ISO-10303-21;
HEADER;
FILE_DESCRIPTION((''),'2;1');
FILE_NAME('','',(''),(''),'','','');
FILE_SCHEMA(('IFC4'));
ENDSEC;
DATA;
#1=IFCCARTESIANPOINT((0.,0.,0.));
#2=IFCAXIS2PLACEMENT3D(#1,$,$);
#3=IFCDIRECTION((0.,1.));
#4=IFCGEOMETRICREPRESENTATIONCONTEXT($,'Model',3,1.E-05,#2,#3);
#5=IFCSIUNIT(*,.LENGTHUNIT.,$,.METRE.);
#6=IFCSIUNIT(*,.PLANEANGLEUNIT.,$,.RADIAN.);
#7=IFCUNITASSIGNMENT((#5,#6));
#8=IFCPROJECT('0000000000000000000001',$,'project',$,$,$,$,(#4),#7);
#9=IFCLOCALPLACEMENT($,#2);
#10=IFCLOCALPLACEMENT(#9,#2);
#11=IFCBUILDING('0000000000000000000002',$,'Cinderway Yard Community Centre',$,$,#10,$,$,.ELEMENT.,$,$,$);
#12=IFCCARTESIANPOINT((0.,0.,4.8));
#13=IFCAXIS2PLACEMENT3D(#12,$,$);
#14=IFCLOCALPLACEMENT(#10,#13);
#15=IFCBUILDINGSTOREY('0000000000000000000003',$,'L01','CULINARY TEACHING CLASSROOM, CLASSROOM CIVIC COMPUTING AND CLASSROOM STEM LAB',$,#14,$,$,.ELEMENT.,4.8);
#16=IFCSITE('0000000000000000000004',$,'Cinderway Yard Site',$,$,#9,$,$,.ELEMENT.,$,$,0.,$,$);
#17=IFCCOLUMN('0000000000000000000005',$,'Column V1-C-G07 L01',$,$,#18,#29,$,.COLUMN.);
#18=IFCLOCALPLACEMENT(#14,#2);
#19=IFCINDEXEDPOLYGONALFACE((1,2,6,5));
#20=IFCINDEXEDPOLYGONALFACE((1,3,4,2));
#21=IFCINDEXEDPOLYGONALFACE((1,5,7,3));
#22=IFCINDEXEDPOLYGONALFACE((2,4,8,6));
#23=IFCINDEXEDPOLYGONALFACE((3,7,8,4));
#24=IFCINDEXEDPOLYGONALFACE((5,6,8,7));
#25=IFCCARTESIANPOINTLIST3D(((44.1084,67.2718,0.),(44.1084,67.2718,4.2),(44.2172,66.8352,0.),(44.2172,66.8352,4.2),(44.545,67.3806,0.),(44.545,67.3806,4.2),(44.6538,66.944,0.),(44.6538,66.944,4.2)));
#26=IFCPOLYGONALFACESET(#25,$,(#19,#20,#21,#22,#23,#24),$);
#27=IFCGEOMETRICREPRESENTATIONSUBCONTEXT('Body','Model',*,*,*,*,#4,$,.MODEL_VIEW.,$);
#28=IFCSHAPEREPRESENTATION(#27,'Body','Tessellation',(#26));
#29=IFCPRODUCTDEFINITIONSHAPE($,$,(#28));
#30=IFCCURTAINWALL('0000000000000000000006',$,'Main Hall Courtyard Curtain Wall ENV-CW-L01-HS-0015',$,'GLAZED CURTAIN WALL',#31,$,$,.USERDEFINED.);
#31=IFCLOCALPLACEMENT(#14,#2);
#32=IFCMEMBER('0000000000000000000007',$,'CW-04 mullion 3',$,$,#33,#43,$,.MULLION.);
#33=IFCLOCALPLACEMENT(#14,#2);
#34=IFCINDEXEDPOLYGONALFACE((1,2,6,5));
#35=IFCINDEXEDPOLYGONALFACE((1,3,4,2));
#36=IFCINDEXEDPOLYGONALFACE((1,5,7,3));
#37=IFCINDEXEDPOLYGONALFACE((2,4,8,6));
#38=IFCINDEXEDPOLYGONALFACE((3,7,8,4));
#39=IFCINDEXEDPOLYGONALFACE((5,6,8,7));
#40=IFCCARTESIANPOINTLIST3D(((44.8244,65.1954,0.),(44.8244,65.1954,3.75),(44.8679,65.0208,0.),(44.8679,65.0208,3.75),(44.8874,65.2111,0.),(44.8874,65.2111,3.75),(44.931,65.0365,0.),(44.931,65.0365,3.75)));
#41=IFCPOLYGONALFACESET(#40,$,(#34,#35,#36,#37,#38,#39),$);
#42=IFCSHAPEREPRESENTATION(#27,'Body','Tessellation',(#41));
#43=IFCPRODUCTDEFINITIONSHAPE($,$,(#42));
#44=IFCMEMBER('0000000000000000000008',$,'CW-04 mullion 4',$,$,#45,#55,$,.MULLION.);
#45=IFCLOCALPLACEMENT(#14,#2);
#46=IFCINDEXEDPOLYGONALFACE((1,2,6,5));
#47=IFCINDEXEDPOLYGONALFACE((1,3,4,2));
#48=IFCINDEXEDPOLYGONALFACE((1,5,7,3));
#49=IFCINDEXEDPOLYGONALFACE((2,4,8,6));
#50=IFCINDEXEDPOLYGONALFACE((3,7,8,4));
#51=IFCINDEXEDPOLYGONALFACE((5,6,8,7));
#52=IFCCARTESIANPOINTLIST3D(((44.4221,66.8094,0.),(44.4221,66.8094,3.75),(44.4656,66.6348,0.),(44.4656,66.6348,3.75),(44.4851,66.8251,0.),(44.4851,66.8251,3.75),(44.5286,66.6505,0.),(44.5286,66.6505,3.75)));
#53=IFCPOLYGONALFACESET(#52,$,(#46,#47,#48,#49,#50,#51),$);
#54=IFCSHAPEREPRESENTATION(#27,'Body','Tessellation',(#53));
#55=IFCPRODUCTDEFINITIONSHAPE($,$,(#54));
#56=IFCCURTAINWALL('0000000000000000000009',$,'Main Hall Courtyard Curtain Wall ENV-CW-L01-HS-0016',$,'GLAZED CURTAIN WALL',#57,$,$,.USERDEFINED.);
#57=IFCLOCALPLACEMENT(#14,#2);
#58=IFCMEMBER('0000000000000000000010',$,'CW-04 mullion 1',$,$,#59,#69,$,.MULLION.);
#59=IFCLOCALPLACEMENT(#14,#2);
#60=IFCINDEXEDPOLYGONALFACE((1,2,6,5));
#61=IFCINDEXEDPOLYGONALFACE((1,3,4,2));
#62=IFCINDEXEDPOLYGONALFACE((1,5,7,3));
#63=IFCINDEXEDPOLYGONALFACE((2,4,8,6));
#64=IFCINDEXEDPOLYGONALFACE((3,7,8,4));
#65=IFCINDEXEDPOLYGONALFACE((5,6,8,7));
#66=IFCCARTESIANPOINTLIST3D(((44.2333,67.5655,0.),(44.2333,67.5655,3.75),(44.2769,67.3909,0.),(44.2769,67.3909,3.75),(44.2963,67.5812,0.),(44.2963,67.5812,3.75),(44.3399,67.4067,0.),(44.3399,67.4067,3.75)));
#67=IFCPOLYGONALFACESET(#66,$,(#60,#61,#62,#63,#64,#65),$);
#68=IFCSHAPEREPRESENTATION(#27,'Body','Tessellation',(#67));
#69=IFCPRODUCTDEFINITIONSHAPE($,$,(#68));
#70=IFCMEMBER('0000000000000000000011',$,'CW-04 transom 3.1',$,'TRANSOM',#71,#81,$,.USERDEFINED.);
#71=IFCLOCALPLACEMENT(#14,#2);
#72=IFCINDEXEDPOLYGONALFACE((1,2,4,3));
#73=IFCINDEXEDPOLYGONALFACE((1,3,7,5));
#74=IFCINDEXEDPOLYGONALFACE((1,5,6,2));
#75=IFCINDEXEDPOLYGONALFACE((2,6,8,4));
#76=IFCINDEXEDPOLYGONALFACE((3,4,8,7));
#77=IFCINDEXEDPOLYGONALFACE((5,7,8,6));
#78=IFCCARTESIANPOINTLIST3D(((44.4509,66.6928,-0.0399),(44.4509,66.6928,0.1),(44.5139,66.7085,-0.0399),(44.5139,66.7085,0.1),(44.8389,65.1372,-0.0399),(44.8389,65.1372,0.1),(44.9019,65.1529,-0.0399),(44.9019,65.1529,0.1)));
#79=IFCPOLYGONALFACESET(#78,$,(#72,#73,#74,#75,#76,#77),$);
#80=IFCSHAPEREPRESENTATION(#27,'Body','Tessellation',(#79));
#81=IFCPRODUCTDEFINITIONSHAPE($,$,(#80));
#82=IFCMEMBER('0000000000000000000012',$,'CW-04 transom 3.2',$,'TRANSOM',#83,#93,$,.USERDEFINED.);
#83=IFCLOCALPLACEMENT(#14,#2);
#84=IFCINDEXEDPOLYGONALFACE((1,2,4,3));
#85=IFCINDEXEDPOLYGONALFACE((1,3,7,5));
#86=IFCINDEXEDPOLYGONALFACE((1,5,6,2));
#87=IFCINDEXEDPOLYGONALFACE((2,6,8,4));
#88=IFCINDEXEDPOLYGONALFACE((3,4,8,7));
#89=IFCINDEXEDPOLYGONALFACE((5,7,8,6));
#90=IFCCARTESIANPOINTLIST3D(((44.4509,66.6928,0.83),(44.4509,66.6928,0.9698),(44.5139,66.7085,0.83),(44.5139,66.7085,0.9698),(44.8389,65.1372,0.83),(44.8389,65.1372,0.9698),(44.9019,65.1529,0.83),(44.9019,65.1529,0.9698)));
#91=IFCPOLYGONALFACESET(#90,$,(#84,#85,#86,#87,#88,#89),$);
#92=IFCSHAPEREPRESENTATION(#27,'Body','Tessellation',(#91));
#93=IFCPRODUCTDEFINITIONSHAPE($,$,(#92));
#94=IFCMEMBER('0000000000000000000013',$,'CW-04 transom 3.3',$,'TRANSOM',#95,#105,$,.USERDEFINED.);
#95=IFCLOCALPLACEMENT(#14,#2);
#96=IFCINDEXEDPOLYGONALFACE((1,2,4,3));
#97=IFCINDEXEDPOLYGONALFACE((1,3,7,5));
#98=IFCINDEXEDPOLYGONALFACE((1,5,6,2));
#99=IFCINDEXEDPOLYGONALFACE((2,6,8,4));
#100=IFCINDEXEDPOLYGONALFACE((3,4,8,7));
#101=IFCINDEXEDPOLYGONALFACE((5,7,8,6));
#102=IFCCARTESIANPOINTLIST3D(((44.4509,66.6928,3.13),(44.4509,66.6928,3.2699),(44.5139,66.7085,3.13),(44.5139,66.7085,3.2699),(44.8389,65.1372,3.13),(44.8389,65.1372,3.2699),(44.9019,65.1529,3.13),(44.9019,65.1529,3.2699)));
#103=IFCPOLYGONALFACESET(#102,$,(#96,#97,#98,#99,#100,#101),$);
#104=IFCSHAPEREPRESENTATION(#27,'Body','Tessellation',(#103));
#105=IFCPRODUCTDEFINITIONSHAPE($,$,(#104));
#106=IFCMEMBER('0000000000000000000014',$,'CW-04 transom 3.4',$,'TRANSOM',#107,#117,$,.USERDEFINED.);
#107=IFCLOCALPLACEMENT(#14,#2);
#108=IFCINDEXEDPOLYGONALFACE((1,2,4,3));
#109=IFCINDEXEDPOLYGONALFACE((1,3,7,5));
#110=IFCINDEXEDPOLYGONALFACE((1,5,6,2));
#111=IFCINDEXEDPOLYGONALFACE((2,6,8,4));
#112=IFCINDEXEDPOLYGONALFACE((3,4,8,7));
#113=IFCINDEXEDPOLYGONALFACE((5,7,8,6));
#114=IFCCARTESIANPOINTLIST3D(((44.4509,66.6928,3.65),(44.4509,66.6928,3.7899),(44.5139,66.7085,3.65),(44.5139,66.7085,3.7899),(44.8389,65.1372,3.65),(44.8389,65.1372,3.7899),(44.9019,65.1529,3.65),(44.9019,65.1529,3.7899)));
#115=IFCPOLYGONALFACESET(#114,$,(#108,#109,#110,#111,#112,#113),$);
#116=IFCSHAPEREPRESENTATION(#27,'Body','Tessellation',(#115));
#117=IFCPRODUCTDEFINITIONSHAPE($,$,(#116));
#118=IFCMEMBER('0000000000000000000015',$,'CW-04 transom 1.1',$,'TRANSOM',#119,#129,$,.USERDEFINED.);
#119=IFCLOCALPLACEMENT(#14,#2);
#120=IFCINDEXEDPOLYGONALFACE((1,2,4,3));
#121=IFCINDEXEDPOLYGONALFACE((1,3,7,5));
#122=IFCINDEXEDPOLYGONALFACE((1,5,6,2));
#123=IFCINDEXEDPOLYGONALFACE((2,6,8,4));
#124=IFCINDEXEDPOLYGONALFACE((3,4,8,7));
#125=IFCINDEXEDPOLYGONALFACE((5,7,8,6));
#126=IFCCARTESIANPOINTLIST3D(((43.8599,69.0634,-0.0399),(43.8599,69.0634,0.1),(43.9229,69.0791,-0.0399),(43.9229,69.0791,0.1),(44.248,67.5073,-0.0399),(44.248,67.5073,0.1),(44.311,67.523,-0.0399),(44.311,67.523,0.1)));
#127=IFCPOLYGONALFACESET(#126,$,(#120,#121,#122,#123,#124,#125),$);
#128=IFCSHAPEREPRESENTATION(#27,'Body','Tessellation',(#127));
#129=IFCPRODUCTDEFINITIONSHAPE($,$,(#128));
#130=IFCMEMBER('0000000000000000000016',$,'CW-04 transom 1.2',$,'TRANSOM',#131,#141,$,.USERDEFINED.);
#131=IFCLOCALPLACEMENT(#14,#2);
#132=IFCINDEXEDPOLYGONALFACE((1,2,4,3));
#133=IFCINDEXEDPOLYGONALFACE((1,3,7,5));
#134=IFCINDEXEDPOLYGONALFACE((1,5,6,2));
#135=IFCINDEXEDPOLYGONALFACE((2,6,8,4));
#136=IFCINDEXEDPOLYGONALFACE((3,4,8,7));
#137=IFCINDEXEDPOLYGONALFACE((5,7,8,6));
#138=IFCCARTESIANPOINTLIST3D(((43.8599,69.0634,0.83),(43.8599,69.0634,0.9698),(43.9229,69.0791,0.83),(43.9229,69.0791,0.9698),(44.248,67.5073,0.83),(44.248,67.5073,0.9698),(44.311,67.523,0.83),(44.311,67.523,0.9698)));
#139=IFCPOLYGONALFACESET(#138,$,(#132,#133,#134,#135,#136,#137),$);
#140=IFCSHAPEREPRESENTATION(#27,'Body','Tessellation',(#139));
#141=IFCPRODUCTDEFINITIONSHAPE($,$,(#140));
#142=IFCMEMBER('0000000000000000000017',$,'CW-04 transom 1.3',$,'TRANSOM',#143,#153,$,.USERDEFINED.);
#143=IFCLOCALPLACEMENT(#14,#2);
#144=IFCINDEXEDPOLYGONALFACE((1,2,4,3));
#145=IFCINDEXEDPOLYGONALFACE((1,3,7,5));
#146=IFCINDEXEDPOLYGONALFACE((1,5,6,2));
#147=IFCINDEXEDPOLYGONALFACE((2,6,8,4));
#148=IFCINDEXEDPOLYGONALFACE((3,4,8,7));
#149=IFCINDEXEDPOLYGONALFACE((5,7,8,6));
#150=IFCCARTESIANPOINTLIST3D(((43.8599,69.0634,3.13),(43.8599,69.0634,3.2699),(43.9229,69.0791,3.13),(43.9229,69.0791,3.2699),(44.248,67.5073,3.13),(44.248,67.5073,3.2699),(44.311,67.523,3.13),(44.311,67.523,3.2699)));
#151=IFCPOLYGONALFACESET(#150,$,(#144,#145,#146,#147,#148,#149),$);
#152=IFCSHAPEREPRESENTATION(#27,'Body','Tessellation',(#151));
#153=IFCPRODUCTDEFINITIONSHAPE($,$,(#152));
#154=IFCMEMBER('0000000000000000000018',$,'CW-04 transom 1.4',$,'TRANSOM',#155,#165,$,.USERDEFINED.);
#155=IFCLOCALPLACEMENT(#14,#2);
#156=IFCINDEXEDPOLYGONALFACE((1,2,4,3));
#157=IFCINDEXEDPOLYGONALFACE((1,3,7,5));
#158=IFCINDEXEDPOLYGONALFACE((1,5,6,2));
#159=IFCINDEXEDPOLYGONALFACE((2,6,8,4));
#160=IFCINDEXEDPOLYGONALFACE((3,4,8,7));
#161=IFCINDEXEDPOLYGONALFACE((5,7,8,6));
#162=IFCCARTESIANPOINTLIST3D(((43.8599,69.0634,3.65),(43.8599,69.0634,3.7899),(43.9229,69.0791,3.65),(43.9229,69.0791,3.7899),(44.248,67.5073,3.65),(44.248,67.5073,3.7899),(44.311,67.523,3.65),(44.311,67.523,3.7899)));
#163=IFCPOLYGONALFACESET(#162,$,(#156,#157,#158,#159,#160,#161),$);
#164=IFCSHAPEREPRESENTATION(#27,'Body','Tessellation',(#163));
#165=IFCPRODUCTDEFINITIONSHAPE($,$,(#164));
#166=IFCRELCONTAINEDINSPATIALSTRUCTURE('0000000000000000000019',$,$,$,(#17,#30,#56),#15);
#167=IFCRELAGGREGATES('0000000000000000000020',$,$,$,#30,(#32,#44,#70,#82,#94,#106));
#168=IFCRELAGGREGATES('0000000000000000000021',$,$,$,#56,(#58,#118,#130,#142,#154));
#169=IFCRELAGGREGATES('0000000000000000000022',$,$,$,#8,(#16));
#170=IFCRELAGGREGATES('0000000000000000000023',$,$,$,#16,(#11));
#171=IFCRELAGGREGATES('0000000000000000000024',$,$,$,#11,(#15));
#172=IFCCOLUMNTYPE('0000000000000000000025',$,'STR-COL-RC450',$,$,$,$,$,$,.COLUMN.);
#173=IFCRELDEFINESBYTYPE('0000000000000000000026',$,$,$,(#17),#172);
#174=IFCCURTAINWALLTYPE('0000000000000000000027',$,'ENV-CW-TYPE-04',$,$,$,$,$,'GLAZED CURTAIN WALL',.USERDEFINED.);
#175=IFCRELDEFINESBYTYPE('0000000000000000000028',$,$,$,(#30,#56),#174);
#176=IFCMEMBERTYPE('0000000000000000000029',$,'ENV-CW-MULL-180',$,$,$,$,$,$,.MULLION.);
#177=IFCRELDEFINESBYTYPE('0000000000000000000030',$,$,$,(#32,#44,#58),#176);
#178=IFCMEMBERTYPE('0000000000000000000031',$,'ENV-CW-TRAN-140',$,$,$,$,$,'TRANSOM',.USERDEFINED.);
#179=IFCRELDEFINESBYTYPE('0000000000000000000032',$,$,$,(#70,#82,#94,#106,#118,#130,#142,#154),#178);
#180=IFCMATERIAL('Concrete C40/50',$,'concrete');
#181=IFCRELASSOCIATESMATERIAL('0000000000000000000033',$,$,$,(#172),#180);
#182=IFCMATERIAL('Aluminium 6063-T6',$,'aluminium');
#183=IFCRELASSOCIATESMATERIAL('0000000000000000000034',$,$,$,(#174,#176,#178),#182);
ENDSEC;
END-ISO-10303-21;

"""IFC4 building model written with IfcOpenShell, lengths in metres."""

from ifc_helpers import new_model, si_unit, direction, frame, origin, origin_2d, place, context, subcontext, project, spatial, rectangle, extrude, material, material_profile, profile_set, type_object, element, aggregate, save


model = new_model("IFC4")

# Units and contexts
model_context = context("Model", 3, precision=1e-05, world=origin(), true_north=direction((0.0, 1.0)))
body_context = subcontext(model_context, "Body", "Model", "MODEL_VIEW")
ifc_project = project(units=[si_unit("LENGTHUNIT", "METRE"), si_unit("PLANEANGLEUNIT", "RADIAN")], contexts=[model_context])

# Site, building, storey
site_placement = place(None, origin())
site = spatial("IfcSite", under=ifc_project, at=site_placement, Name="Cinderway Yard Site", CompositionType="ELEMENT", RefElevation=0.0)
building_placement = place(site_placement, origin())
building = spatial("IfcBuilding", under=site, at=building_placement, Name="Cinderway Yard Community Centre", CompositionType="ELEMENT")
storey_placement = place(building_placement, frame((0.0, 0.0, 4.8)))
storey = spatial("IfcBuildingStorey", under=building, at=storey_placement, Name="L01", Description="CULINARY TEACHING CLASSROOM, CLASSROOM CIVIC COMPUTING AND CLASSROOM STEM LAB", CompositionType="ELEMENT", Elevation=4.8)

# Column
ifc_material_1 = material(Name="Concrete C40/50", Category="concrete")
ifc_material_profile_1 = material_profile(ifc_material_1, rectangle(XDim=0.45, YDim=0.45, at=origin_2d()), Name="Concrete C40/50")
ifc_profile_set_1 = profile_set([ifc_material_profile_1], Name="Concrete C40/50")
column_type = type_object("IfcColumnType", Name="STR-COL-RC450", PredefinedType="COLUMN", material=ifc_profile_set_1)
column_placement = place(storey_placement, frame((44.3811, 67.1079, 0.0), z_axis=(0.0, 0.0, 1.0), x_axis=(0.970296, 0.241922, 0.0)))
element("IfcColumn", 1, at=column_placement, inside=storey, type_object=column_type, Name="Column V1-C-G07 L01", PredefinedType="COLUMN", context=body_context, shape_type="SweptSolid", body=[
    extrude(rectangle(XDim=0.45, YDim=0.45, at=origin_2d()), origin(), (0.0, 0.0, 1.0), 4.2),
])

# Curtain wall, members
ifc_material_2 = material(Name="Aluminium 6063-T6", Category="aluminium")
curtain_wall_type = type_object("IfcCurtainWallType", Name="ENV-CW-TYPE-04", ElementType="GLAZED CURTAIN WALL", PredefinedType="USERDEFINED", material=ifc_material_2)
curtain_wall_1_placement = place(storey_placement, origin())
curtain_wall_1 = element("IfcCurtainWall", 2, at=curtain_wall_1_placement, inside=storey, type_object=curtain_wall_type, Name="Main Hall Courtyard Curtain Wall ENV-CW-L01-HS-0015", ObjectType="GLAZED CURTAIN WALL", PredefinedType="USERDEFINED")
ifc_material_profile_2 = material_profile(ifc_material_2, rectangle(XDim=0.0649, YDim=0.1799, at=origin_2d()), Name="Aluminium 6063-T6")
ifc_profile_set_2 = profile_set([ifc_material_profile_2], Name="Aluminium 6063-T6")
member_type_1 = type_object("IfcMemberType", Name="ENV-CW-MULL-180", PredefinedType="MULLION", material=ifc_profile_set_2)
member_1_placement = place(storey_placement, frame((44.8777, 65.116, 0.0), z_axis=(0.0, 0.0, 1.0), x_axis=(-0.970293, -0.241933, 0.0)))
member_1 = element("IfcMember", 3, at=member_1_placement, type_object=member_type_1, Name="CW-04 mullion 3", PredefinedType="MULLION", context=body_context, shape_type="SweptSolid", body=[
    extrude(rectangle(XDim=0.0649, YDim=0.1799, at=origin_2d()), origin(), (0.0, 0.0, 1.0), 3.75),
])
member_2_placement = place(storey_placement, frame((44.4753, 66.73, 0.0), z_axis=(0.0, 0.0, 1.0), x_axis=(-0.970293, -0.241933, 0.0)))
member_2 = element("IfcMember", 4, at=member_2_placement, type_object=member_type_1, Name="CW-04 mullion 4", PredefinedType="MULLION", context=body_context, shape_type="SweptSolid", body=[
    extrude(rectangle(XDim=0.0649, YDim=0.1799, at=origin_2d()), origin(), (0.0, 0.0, 1.0), 3.75),
])

# Curtain wall, member
curtain_wall_2_placement = place(storey_placement, origin())
curtain_wall_2 = element("IfcCurtainWall", 5, at=curtain_wall_2_placement, inside=storey, type_object=curtain_wall_type, Name="Main Hall Courtyard Curtain Wall ENV-CW-L01-HS-0016", ObjectType="GLAZED CURTAIN WALL", PredefinedType="USERDEFINED")
member_3_placement = place(storey_placement, frame((44.2866, 67.4861, 0.0), z_axis=(0.0, 0.0, 1.0), x_axis=(-0.970258, -0.242073, 0.0)))
member_3 = element("IfcMember", 6, at=member_3_placement, type_object=member_type_1, Name="CW-04 mullion 1", PredefinedType="MULLION", context=body_context, shape_type="SweptSolid", body=[
    extrude(rectangle(XDim=0.0649, YDim=0.1799, at=origin_2d()), origin(), (0.0, 0.0, 1.0), 3.75),
])

# Members
ifc_material_profile_3 = material_profile(ifc_material_2, rectangle(XDim=0.0649, YDim=0.1399, at=origin_2d()), Name="Aluminium 6063-T6")
ifc_profile_set_3 = profile_set([ifc_material_profile_3], Name="Aluminium 6063-T6")
member_type_2 = type_object("IfcMemberType", Name="ENV-CW-TRAN-140", ElementType="TRANSOM", PredefinedType="USERDEFINED", material=ifc_profile_set_3)
member_4_placement = place(storey_placement, frame((44.8704, 65.145, 0.03), z_axis=(-0.241962, 0.970286, 0.0), x_axis=(-0.970286, -0.241962, 0.0)))
member_4 = element("IfcMember", 7, at=member_4_placement, type_object=member_type_2, Name="CW-04 transom 3.1", ObjectType="TRANSOM", PredefinedType="USERDEFINED", context=body_context, shape_type="SweptSolid", body=[
    extrude(rectangle(XDim=0.0649, YDim=0.1399, at=origin_2d()), origin(), (0.0, 0.0, 1.0), 1.6033),
])
member_5_placement = place(storey_placement, frame((44.8704, 65.145, 0.8999), z_axis=(-0.241962, 0.970286, 0.0), x_axis=(-0.970286, -0.241962, 0.0)))
member_5 = element("IfcMember", 8, at=member_5_placement, type_object=member_type_2, Name="CW-04 transom 3.2", ObjectType="TRANSOM", PredefinedType="USERDEFINED", context=body_context, shape_type="SweptSolid", body=[
    extrude(rectangle(XDim=0.0649, YDim=0.1399, at=origin_2d()), origin(), (0.0, 0.0, 1.0), 1.6033),
])
member_6_placement = place(storey_placement, frame((44.8704, 65.145, 3.2), z_axis=(-0.241962, 0.970286, 0.0), x_axis=(-0.970286, -0.241962, 0.0)))
member_6 = element("IfcMember", 9, at=member_6_placement, type_object=member_type_2, Name="CW-04 transom 3.3", ObjectType="TRANSOM", PredefinedType="USERDEFINED", context=body_context, shape_type="SweptSolid", body=[
    extrude(rectangle(XDim=0.0649, YDim=0.1399, at=origin_2d()), origin(), (0.0, 0.0, 1.0), 1.6033),
])
member_7_placement = place(storey_placement, frame((44.8704, 65.145, 3.72), z_axis=(-0.241962, 0.970286, 0.0), x_axis=(-0.970286, -0.241962, 0.0)))
member_7 = element("IfcMember", 10, at=member_7_placement, type_object=member_type_2, Name="CW-04 transom 3.4", ObjectType="TRANSOM", PredefinedType="USERDEFINED", context=body_context, shape_type="SweptSolid", body=[
    extrude(rectangle(XDim=0.0649, YDim=0.1399, at=origin_2d()), origin(), (0.0, 0.0, 1.0), 1.6033),
])
member_8_placement = place(storey_placement, frame((44.2795, 67.5151, 0.03), z_axis=(-0.242034, 0.970268, 0.0), x_axis=(-0.970268, -0.242034, 0.0)))
member_8 = element("IfcMember", 11, at=member_8_placement, type_object=member_type_2, Name="CW-04 transom 1.1", ObjectType="TRANSOM", PredefinedType="USERDEFINED", context=body_context, shape_type="SweptSolid", body=[
    extrude(rectangle(XDim=0.0649, YDim=0.1399, at=origin_2d()), origin(), (0.0, 0.0, 1.0), 1.6038),
])
member_9_placement = place(storey_placement, frame((44.2795, 67.5151, 0.8999), z_axis=(-0.242034, 0.970268, 0.0), x_axis=(-0.970268, -0.242034, 0.0)))
member_9 = element("IfcMember", 12, at=member_9_placement, type_object=member_type_2, Name="CW-04 transom 1.2", ObjectType="TRANSOM", PredefinedType="USERDEFINED", context=body_context, shape_type="SweptSolid", body=[
    extrude(rectangle(XDim=0.0649, YDim=0.1399, at=origin_2d()), origin(), (0.0, 0.0, 1.0), 1.6038),
])
member_10_placement = place(storey_placement, frame((44.2795, 67.5151, 3.2), z_axis=(-0.242034, 0.970268, 0.0), x_axis=(-0.970268, -0.242034, 0.0)))
member_10 = element("IfcMember", 13, at=member_10_placement, type_object=member_type_2, Name="CW-04 transom 1.3", ObjectType="TRANSOM", PredefinedType="USERDEFINED", context=body_context, shape_type="SweptSolid", body=[
    extrude(rectangle(XDim=0.0649, YDim=0.1399, at=origin_2d()), origin(), (0.0, 0.0, 1.0), 1.6038),
])
member_11_placement = place(storey_placement, frame((44.2795, 67.5151, 3.72), z_axis=(-0.242034, 0.970268, 0.0), x_axis=(-0.970268, -0.242034, 0.0)))
member_11 = element("IfcMember", 14, at=member_11_placement, type_object=member_type_2, Name="CW-04 transom 1.4", ObjectType="TRANSOM", PredefinedType="USERDEFINED", context=body_context, shape_type="SweptSolid", body=[
    extrude(rectangle(XDim=0.0649, YDim=0.1399, at=origin_2d()), origin(), (0.0, 0.0, 1.0), 1.6038),
])

aggregate(curtain_wall_1, [member_1, member_2, member_4, member_5, member_6, member_7])
aggregate(curtain_wall_2, [member_3, member_8, member_9, member_10, member_11])

save(model, "model.ifc")
